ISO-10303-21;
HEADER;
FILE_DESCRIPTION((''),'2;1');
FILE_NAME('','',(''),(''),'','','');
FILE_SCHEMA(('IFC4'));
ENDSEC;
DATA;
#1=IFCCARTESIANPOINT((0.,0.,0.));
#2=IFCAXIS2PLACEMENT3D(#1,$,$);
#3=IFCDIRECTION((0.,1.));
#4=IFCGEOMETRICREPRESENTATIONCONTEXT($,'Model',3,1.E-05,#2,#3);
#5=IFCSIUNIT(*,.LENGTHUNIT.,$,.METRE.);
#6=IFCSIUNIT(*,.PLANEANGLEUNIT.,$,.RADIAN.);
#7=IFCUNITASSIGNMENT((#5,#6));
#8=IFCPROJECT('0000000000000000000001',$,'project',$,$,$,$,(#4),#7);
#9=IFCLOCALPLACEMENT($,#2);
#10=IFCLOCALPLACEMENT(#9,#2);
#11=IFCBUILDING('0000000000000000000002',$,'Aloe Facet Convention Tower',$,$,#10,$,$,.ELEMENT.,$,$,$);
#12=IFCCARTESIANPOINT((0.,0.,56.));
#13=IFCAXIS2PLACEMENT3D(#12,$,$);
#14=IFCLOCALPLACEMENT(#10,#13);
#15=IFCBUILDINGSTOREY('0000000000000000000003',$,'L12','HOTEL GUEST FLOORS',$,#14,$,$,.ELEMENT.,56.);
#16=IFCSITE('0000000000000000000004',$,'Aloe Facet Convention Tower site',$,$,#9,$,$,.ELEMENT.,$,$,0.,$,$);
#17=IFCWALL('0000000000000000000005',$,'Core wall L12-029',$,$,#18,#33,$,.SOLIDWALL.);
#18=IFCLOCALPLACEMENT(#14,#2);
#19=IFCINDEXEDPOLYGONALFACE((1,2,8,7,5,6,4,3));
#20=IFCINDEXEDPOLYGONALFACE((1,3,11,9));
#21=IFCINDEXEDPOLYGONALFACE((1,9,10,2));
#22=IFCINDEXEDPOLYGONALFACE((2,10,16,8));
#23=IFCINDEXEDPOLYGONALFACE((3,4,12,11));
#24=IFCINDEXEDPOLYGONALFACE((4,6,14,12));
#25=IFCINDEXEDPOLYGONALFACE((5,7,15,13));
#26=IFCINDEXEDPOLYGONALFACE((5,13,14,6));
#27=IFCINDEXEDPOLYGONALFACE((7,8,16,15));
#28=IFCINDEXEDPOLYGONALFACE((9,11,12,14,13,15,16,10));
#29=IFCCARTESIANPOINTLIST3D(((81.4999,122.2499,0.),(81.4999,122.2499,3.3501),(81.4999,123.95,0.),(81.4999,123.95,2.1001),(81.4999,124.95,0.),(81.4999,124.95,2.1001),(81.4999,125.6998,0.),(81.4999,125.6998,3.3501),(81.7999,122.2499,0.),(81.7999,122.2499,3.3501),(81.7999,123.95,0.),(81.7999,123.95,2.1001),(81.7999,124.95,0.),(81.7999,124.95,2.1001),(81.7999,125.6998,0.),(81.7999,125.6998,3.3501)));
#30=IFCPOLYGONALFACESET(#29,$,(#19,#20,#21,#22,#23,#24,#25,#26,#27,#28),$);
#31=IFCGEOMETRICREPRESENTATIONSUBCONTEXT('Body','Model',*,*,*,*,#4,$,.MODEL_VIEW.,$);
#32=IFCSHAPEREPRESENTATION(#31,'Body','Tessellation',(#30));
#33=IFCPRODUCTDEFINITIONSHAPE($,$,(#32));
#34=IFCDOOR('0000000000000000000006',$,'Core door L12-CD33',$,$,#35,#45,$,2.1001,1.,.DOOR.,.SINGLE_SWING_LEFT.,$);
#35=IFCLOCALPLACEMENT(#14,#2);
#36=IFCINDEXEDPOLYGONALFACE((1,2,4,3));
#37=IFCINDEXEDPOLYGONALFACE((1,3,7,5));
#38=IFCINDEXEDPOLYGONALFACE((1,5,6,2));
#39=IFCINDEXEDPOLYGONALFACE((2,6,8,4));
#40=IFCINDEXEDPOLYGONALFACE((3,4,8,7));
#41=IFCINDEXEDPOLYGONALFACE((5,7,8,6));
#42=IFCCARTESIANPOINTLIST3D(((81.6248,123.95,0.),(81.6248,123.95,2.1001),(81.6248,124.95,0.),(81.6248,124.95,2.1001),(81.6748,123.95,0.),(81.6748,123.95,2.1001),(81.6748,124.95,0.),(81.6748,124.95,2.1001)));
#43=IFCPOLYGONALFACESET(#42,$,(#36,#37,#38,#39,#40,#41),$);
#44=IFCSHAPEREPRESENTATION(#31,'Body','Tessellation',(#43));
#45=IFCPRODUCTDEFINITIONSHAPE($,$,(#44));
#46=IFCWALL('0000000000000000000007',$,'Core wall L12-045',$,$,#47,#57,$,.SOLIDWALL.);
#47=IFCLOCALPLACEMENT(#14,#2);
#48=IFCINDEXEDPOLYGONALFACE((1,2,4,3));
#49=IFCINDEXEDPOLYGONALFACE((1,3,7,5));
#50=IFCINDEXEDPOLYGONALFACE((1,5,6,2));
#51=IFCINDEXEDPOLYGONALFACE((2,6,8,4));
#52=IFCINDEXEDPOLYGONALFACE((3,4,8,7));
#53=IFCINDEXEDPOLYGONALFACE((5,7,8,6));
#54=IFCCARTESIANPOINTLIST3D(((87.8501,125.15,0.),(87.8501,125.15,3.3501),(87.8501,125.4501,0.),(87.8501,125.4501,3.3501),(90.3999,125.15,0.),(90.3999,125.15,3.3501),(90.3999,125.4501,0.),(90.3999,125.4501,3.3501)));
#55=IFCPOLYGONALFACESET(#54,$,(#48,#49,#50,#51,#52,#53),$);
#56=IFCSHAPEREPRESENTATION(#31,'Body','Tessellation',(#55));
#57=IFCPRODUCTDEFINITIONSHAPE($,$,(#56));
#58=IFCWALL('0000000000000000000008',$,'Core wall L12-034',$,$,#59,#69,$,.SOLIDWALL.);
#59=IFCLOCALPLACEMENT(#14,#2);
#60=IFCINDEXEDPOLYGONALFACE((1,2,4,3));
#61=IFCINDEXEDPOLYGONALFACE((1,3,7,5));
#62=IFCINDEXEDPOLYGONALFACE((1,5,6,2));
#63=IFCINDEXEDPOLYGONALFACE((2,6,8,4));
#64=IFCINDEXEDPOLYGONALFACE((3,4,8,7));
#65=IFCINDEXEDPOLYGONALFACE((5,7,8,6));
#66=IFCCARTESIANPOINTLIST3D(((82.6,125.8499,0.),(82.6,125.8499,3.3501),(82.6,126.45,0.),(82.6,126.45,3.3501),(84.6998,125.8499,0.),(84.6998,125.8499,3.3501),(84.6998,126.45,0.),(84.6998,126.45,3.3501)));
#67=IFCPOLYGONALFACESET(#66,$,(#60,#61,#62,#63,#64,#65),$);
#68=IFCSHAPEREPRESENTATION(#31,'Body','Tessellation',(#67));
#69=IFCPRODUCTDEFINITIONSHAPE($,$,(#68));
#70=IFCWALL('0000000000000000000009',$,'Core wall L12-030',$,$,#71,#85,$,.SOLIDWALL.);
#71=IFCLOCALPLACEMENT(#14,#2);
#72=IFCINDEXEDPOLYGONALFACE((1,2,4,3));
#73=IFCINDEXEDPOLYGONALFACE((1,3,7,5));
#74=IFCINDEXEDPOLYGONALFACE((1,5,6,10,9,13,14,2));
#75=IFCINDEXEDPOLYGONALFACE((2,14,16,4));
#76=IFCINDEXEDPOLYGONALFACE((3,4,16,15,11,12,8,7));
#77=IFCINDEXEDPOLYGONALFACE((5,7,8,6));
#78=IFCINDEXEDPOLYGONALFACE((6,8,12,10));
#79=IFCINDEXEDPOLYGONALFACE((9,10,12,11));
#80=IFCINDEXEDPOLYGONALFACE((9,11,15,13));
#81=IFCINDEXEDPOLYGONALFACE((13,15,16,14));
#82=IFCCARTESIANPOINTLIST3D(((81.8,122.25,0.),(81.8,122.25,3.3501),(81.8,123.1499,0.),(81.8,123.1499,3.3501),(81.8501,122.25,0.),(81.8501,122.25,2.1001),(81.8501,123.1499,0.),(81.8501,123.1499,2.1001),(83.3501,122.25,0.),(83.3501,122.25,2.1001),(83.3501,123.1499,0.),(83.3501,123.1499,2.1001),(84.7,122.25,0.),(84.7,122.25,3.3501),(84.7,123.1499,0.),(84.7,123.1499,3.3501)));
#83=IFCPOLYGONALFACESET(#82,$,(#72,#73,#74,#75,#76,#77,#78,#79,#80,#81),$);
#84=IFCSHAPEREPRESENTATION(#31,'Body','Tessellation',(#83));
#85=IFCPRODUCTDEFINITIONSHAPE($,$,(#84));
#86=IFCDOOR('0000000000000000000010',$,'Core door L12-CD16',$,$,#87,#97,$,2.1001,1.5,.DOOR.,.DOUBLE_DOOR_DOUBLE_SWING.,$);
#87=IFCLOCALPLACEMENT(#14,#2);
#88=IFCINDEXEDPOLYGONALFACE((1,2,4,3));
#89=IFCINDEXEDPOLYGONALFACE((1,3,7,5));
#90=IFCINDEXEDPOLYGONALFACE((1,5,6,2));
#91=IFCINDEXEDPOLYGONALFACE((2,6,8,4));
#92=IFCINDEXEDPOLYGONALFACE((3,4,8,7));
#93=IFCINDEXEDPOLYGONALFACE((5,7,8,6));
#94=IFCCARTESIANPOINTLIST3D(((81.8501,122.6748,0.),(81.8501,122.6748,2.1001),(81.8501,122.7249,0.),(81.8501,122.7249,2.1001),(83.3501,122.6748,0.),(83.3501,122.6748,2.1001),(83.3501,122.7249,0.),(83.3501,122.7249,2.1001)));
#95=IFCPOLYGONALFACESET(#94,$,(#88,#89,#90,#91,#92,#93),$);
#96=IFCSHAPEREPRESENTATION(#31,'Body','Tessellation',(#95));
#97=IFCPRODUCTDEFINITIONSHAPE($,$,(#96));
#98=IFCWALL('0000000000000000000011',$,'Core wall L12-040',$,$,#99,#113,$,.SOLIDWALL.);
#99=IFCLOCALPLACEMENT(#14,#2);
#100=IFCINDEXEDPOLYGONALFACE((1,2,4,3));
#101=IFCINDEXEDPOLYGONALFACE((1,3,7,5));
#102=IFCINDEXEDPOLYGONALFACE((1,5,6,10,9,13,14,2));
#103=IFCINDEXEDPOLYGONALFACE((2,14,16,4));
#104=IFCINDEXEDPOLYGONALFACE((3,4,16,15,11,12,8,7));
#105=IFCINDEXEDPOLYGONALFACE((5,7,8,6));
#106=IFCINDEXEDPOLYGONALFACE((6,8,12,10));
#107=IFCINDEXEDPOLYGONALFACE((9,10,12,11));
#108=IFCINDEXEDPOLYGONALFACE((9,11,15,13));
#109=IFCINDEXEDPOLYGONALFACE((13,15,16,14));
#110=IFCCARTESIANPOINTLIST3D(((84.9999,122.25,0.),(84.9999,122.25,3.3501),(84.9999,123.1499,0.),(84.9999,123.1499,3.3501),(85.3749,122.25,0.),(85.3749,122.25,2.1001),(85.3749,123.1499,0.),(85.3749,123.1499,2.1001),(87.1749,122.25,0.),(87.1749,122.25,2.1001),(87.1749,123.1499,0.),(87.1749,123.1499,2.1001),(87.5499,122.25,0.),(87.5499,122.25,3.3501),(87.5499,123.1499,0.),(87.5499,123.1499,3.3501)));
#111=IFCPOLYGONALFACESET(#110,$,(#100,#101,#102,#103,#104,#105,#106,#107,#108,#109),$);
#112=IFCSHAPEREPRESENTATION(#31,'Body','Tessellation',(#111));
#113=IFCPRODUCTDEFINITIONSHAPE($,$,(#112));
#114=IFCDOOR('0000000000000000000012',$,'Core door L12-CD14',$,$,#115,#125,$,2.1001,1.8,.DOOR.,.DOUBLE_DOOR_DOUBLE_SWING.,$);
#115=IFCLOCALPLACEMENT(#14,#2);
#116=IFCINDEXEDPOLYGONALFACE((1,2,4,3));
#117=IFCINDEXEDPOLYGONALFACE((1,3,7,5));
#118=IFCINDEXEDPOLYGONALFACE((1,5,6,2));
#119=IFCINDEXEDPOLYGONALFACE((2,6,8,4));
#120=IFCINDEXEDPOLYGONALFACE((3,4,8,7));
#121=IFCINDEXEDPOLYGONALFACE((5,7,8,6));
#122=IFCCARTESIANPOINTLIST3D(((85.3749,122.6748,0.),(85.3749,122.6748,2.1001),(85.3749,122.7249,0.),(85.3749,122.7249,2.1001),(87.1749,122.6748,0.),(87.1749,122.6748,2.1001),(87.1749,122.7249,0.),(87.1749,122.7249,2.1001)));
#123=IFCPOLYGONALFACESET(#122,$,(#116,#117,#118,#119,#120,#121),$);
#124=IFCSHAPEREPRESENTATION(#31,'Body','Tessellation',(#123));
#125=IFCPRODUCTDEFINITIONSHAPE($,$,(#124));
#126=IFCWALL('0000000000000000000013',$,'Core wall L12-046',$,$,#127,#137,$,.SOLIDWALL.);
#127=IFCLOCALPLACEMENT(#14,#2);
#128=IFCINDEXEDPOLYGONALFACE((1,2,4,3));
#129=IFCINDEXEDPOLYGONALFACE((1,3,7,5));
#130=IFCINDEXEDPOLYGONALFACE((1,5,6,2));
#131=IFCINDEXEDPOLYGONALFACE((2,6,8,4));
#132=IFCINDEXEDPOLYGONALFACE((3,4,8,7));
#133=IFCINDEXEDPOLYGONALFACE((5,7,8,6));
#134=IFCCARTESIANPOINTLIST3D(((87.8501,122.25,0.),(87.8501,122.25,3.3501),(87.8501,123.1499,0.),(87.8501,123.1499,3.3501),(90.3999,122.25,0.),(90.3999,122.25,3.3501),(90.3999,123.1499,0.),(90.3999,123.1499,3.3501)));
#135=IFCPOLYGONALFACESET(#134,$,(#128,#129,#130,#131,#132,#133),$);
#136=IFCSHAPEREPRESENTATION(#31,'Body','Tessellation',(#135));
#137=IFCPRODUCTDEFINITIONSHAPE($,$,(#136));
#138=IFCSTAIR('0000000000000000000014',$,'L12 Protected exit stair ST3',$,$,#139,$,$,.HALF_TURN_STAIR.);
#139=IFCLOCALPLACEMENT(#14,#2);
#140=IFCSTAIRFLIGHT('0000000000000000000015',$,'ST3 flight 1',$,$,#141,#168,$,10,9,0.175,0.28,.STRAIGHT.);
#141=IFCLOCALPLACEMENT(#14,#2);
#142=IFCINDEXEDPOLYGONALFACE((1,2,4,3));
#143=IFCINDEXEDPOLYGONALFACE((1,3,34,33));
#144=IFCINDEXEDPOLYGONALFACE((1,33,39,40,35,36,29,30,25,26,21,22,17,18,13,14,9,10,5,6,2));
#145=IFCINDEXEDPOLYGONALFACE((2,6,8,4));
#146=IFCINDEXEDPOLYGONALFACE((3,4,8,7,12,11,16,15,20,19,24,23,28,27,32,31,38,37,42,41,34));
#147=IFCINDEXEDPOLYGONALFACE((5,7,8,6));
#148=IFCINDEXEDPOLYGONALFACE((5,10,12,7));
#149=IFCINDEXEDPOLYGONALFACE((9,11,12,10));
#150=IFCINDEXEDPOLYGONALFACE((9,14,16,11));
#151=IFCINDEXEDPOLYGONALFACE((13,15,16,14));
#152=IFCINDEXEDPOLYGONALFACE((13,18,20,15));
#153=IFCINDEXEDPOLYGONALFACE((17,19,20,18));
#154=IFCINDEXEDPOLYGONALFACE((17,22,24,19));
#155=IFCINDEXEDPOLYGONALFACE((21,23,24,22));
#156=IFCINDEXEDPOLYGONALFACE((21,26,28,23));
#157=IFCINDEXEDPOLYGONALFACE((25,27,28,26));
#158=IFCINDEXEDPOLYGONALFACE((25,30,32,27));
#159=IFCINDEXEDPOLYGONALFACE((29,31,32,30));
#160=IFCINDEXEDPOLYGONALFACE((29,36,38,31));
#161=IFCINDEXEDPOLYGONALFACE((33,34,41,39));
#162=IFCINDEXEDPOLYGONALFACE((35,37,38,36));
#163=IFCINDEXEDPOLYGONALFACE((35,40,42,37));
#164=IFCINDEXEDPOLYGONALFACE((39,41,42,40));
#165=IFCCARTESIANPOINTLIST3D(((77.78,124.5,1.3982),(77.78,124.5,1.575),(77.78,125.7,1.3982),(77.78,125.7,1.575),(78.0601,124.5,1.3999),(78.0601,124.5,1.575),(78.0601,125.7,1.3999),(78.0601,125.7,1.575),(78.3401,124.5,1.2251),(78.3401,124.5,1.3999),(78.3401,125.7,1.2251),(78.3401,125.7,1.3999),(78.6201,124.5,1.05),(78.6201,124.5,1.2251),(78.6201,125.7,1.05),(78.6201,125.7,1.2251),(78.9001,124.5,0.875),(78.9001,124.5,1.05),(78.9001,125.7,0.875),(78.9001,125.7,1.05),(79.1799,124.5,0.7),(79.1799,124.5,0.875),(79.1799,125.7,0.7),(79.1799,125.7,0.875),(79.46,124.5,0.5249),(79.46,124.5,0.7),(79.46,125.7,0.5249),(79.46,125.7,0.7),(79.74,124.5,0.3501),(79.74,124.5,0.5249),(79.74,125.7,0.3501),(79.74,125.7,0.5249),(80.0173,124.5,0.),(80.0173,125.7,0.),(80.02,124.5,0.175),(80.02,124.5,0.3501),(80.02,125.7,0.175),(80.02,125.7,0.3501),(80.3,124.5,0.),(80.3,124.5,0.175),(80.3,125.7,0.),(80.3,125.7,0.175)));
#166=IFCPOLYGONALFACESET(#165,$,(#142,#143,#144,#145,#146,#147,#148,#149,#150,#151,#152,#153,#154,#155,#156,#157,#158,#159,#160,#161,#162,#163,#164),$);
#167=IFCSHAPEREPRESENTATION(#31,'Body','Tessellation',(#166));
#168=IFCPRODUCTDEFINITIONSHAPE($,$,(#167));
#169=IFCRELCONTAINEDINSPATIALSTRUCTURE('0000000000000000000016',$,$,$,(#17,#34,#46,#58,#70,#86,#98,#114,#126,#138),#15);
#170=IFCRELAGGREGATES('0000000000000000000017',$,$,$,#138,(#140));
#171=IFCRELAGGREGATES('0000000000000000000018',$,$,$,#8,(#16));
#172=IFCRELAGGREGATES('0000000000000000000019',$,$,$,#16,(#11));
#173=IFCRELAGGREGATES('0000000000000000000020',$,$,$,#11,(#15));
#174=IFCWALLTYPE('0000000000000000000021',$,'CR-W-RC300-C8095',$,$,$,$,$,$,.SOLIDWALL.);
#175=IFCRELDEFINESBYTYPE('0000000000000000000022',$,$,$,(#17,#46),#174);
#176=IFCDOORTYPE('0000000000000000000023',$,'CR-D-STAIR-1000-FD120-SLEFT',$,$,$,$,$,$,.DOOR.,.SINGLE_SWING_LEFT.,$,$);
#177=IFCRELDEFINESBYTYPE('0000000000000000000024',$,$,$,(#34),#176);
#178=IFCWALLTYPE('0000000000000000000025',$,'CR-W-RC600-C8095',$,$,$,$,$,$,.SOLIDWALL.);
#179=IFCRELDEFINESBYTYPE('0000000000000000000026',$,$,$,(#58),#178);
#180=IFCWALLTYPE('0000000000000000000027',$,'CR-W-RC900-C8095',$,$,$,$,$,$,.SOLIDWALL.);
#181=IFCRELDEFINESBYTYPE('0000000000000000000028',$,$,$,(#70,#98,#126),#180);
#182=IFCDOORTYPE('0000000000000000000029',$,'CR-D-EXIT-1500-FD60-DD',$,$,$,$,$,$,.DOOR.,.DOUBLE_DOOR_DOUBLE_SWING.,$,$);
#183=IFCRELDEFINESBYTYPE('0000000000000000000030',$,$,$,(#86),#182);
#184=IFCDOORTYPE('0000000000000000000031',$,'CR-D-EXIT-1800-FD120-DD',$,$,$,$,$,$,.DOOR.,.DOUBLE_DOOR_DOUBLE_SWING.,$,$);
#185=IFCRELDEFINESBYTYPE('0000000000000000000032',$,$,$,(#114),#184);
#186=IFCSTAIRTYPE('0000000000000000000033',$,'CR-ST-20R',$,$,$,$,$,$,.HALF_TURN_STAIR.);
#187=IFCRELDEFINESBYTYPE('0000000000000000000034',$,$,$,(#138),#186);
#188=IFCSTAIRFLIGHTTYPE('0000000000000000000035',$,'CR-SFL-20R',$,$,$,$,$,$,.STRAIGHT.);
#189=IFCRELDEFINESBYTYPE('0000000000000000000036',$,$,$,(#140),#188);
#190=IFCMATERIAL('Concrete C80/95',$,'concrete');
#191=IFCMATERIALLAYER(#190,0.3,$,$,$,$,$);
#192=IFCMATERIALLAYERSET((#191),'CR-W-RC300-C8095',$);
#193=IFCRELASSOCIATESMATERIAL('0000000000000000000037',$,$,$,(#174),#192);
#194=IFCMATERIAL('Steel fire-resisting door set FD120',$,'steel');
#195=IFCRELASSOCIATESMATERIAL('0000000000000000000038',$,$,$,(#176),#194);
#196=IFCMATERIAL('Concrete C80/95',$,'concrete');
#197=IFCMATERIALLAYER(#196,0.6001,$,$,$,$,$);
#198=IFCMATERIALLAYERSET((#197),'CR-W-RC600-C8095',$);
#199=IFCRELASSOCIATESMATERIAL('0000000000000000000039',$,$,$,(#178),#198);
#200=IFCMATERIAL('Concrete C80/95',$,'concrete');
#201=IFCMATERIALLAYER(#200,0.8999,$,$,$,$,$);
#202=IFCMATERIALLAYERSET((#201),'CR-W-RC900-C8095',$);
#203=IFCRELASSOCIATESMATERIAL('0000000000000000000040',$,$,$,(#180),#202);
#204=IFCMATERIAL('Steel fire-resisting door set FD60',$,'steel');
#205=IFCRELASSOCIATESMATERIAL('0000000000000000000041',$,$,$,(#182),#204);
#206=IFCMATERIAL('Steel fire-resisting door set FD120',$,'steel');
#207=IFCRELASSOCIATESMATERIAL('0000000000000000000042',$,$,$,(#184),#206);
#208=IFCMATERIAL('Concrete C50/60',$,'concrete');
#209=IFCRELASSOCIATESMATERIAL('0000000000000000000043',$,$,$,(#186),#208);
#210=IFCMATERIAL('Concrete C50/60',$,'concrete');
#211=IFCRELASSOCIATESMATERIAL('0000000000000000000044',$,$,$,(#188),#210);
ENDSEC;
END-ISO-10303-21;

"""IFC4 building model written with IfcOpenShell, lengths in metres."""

from ifc_helpers import new_model, si_unit, direction, frame, frame_2d, origin, place, context, subcontext, project, spatial, polyline, rectangle, outline, extrude, material, layer, layer_set, type_object, element, fill, aggregate, save


model = new_model("IFC4")

# Units and contexts
model_context = context("Model", 3, precision=1e-05, world=origin(), true_north=direction((0.0, 1.0)))
body_context = subcontext(model_context, "Body", "Model", "MODEL_VIEW")
ifc_project = project(units=[si_unit("LENGTHUNIT", "METRE"), si_unit("PLANEANGLEUNIT", "RADIAN")], contexts=[model_context])

# Site, building, storey
site_placement = place(None, origin())
site = spatial("IfcSite", under=ifc_project, at=site_placement, Name="Aloe Facet Convention Tower site", CompositionType="ELEMENT", RefElevation=0.0)
building_placement = place(site_placement, origin())
building = spatial("IfcBuilding", under=site, at=building_placement, Name="Aloe Facet Convention Tower", CompositionType="ELEMENT")
storey_placement = place(building_placement, frame((0.0, 0.0, 56.0)))
storey = spatial("IfcBuildingStorey", under=building, at=storey_placement, Name="L12", Description="HOTEL GUEST FLOORS", CompositionType="ELEMENT", Elevation=56.0)

# Wall, opening, door
ifc_material_1 = material(Name="Concrete C80/95", Category="concrete")
ifc_layer_1 = layer(ifc_material_1, 0.3)
ifc_layer_set_1 = layer_set([ifc_layer_1], Name="CR-W-RC300-C8095")
wall_type_1 = type_object("IfcWallType", Name="CR-W-RC300-C8095", PredefinedType="SOLIDWALL", material=ifc_layer_set_1)
wall_1_placement = place(storey_placement, frame((81.6499, 125.7, 0.0), z_axis=(0.0, 0.0, 1.0), x_axis=(0.0, -1.0, 0.0)))
wall_1 = element("IfcWall", 1, at=wall_1_placement, inside=storey, type_object=wall_type_1, Name="Core wall L12-029", PredefinedType="SOLIDWALL", context=body_context, shape_type="SweptSolid", body=[
    extrude(rectangle(XDim=3.45, YDim=0.3, at=frame_2d((1.7251, 0.0))), origin(), (0.0, 0.0, 1.0), 3.3501),
])
opening_1_placement = place(wall_1_placement, frame((0.75, 0.0, 0.0)))
opening_1 = element("IfcOpeningElement", 2, at=opening_1_placement, cuts=wall_1, PredefinedType="OPENING", context=body_context, shape_type="SweptSolid", body=[
    extrude(rectangle(XDim=1.0, YDim=2.1001, at=frame_2d((0.5, 1.05))), frame((0.0, 0.1602, 0.0), z_axis=(0.0, -1.0, 0.0), x_axis=(1.0, 0.0, 0.0)), (0.0, 0.0, 1.0), 0.3201),
])
ifc_material_2 = material(Name="Steel fire-resisting door set FD120", Category="steel")
door_type_1 = type_object("IfcDoorType", Name="CR-D-STAIR-1000-FD120-SLEFT", OperationType="SINGLE_SWING_LEFT", PredefinedType="DOOR", material=ifc_material_2)
door_1_placement = place(opening_1_placement, origin())
door_1 = element("IfcDoor", 3, at=door_1_placement, inside=storey, type_object=door_type_1, Name="Core door L12-CD33", OperationType="SINGLE_SWING_LEFT", OverallHeight=2.1001, OverallWidth=1.0, PredefinedType="DOOR", context=body_context, shape_type="SweptSolid", body=[
    extrude(rectangle(XDim=1.0, YDim=2.1001, at=frame_2d((0.5, 1.05))), frame((0.0, 0.0249, 0.0), z_axis=(0.0, -1.0, 0.0), x_axis=(1.0, 0.0, 0.0)), (0.0, 0.0, 1.0), 0.05),
])
fill(opening_1, door_1)

# Walls
wall_2_placement = place(storey_placement, frame((87.8501, 125.3, 0.0), z_axis=(0.0, 0.0, 1.0), x_axis=(1.0, 0.0, 0.0)))
element("IfcWall", 4, at=wall_2_placement, inside=storey, type_object=wall_type_1, Name="Core wall L12-045", PredefinedType="SOLIDWALL", context=body_context, shape_type="SweptSolid", body=[
    extrude(rectangle(XDim=2.5498, YDim=0.3, at=frame_2d((1.2749, 0.0))), origin(), (0.0, 0.0, 1.0), 3.3501),
])
ifc_material_3 = material(Name="Concrete C80/95", Category="concrete")
ifc_layer_2 = layer(ifc_material_3, 0.6001)
ifc_layer_set_2 = layer_set([ifc_layer_2], Name="CR-W-RC600-C8095")
wall_type_2 = type_object("IfcWallType", Name="CR-W-RC600-C8095", PredefinedType="SOLIDWALL", material=ifc_layer_set_2)
wall_3_placement = place(storey_placement, frame((82.6001, 126.1499, 0.0), z_axis=(0.0, 0.0, 1.0), x_axis=(1.0, 0.0, 0.0)))
element("IfcWall", 5, at=wall_3_placement, inside=storey, type_object=wall_type_2, Name="Core wall L12-034", PredefinedType="SOLIDWALL", context=body_context, shape_type="SweptSolid", body=[
    extrude(rectangle(XDim=2.0999, YDim=0.6001, at=frame_2d((1.0498, 0.0))), origin(), (0.0, 0.0, 1.0), 3.3501),
])

# Walls, openings, doors
ifc_material_4 = material(Name="Concrete C80/95", Category="concrete")
ifc_layer_3 = layer(ifc_material_4, 0.8999)
ifc_layer_set_3 = layer_set([ifc_layer_3], Name="CR-W-RC900-C8095")
wall_type_3 = type_object("IfcWallType", Name="CR-W-RC900-C8095", PredefinedType="SOLIDWALL", material=ifc_layer_set_3)
wall_4_placement = place(storey_placement, frame((81.8, 122.7, 0.0), z_axis=(0.0, 0.0, 1.0), x_axis=(1.0, 0.0, 0.0)))
wall_4 = element("IfcWall", 6, at=wall_4_placement, inside=storey, type_object=wall_type_3, Name="Core wall L12-030", PredefinedType="SOLIDWALL", context=body_context, shape_type="SweptSolid", body=[
    extrude(rectangle(XDim=2.8999, YDim=0.8999, at=frame_2d((1.45, 0.0))), origin(), (0.0, 0.0, 1.0), 3.3501),
])
opening_2_placement = place(wall_4_placement, frame((0.05, 0.0, 0.0)))
opening_2 = element("IfcOpeningElement", 7, at=opening_2_placement, cuts=wall_4, PredefinedType="OPENING", context=body_context, shape_type="SweptSolid", body=[
    extrude(rectangle(XDim=1.5, YDim=2.1001, at=frame_2d((0.75, 1.05))), frame((0.0, 0.46, 0.0), z_axis=(0.0, -1.0, 0.0), x_axis=(1.0, 0.0, 0.0)), (0.0, 0.0, 1.0), 0.9199),
])
ifc_material_5 = material(Name="Steel fire-resisting door set FD60", Category="steel")
door_type_2 = type_object("IfcDoorType", Name="CR-D-EXIT-1500-FD60-DD", OperationType="DOUBLE_DOOR_DOUBLE_SWING", PredefinedType="DOOR", material=ifc_material_5)
door_2_placement = place(opening_2_placement, origin())
door_2 = element("IfcDoor", 8, at=door_2_placement, inside=storey, type_object=door_type_2, Name="Core door L12-CD16", OperationType="DOUBLE_DOOR_DOUBLE_SWING", OverallHeight=2.1001, OverallWidth=1.5, PredefinedType="DOOR", context=body_context, shape_type="SweptSolid", body=[
    extrude(rectangle(XDim=1.5, YDim=2.1001, at=frame_2d((0.75, 1.05))), frame((0.0, 0.0249, 0.0), z_axis=(0.0, -1.0, 0.0), x_axis=(1.0, 0.0, 0.0)), (0.0, 0.0, 1.0), 0.05),
])
fill(opening_2, door_2)
wall_5_placement = place(storey_placement, frame((85.0, 122.7, 0.0), z_axis=(0.0, 0.0, 1.0), x_axis=(1.0, 0.0, 0.0)))
wall_5 = element("IfcWall", 9, at=wall_5_placement, inside=storey, type_object=wall_type_3, Name="Core wall L12-040", PredefinedType="SOLIDWALL", context=body_context, shape_type="SweptSolid", body=[
    extrude(rectangle(XDim=2.55, YDim=0.8999, at=frame_2d((1.2749, 0.0))), origin(), (0.0, 0.0, 1.0), 3.3501),
])
opening_3_placement = place(wall_5_placement, frame((0.375, 0.0, 0.0)))
opening_3 = element("IfcOpeningElement", 10, at=opening_3_placement, cuts=wall_5, PredefinedType="OPENING", context=body_context, shape_type="SweptSolid", body=[
    extrude(rectangle(XDim=1.8, YDim=2.1001, at=frame_2d((0.8999, 1.05))), frame((0.0, 0.46, 0.0), z_axis=(0.0, -1.0, 0.0), x_axis=(1.0, 0.0, 0.0)), (0.0, 0.0, 1.0), 0.9199),
])
ifc_material_6 = material(Name="Steel fire-resisting door set FD120", Category="steel")
door_type_3 = type_object("IfcDoorType", Name="CR-D-EXIT-1800-FD120-DD", OperationType="DOUBLE_DOOR_DOUBLE_SWING", PredefinedType="DOOR", material=ifc_material_6)
door_3_placement = place(opening_3_placement, origin())
door_3 = element("IfcDoor", 11, at=door_3_placement, inside=storey, type_object=door_type_3, Name="Core door L12-CD14", OperationType="DOUBLE_DOOR_DOUBLE_SWING", OverallHeight=2.1001, OverallWidth=1.8, PredefinedType="DOOR", context=body_context, shape_type="SweptSolid", body=[
    extrude(rectangle(XDim=1.8, YDim=2.1001, at=frame_2d((0.8999, 1.05))), frame((0.0, 0.0249, 0.0), z_axis=(0.0, -1.0, 0.0), x_axis=(1.0, 0.0, 0.0)), (0.0, 0.0, 1.0), 0.05),
])
fill(opening_3, door_3)

# Wall
wall_6_placement = place(storey_placement, frame((87.8501, 122.7, 0.0), z_axis=(0.0, 0.0, 1.0), x_axis=(1.0, 0.0, 0.0)))
element("IfcWall", 12, at=wall_6_placement, inside=storey, type_object=wall_type_3, Name="Core wall L12-046", PredefinedType="SOLIDWALL", context=body_context, shape_type="SweptSolid", body=[
    extrude(rectangle(XDim=2.5498, YDim=0.8999, at=frame_2d((1.2749, 0.0))), origin(), (0.0, 0.0, 1.0), 3.3501),
])

# Stair, stair flight
ifc_material_7 = material(Name="Concrete C50/60", Category="concrete")
stair_type = type_object("IfcStairType", Name="CR-ST-20R", PredefinedType="HALF_TURN_STAIR", material=ifc_material_7)
stair_placement = place(storey_placement, origin())
stair = element("IfcStair", 13, at=stair_placement, inside=storey, type_object=stair_type, Name="L12 Protected exit stair ST3", PredefinedType="HALF_TURN_STAIR")
ifc_material_8 = material(Name="Concrete C50/60", Category="concrete")
stair_flight_type = type_object("IfcStairFlightType", Name="CR-SFL-20R", PredefinedType="STRAIGHT", material=ifc_material_8)
stair_flight_placement = place(storey_placement, frame((80.3, 125.1001, 0.0), z_axis=(0.0, 0.0, 1.0), x_axis=(-1.0, 0.0, 0.0)))
stair_flight = element("IfcStairFlight", 14, at=stair_flight_placement, type_object=stair_flight_type, Name="ST3 flight 1", NumberOfRisers=10, NumberOfTreads=9, PredefinedType="STRAIGHT", RiserHeight=0.175, TreadLength=0.28, context=body_context, shape_type="SweptSolid", body=[
    extrude(outline(polyline([(0.0, 0.0), (0.0, 0.175), (0.28, 0.175), (0.28, 0.3501), (0.5601, 0.3501), (0.5601, 0.5249), (0.8401, 0.5249), (0.8401, 0.7), (1.1201, 0.7), (1.1201, 0.875), (1.3999, 0.875), (1.3999, 1.05), (1.6799, 1.05), (1.6799, 1.2251), (1.96, 1.2251), (1.96, 1.3999), (2.24, 1.3999), (2.24, 1.575), (2.52, 1.575), (2.52, 1.75), (2.52, 1.3982), (0.2827, 0.0), (0.0, 0.0)])), frame((0.0, 0.6001, 0.0), z_axis=(0.0, -1.0, 0.0), x_axis=(1.0, 0.0, 0.0)), (0.0, 0.0, 1.0), 1.2),
])
aggregate(stair, [stair_flight])

save(model, "model.ifc")
